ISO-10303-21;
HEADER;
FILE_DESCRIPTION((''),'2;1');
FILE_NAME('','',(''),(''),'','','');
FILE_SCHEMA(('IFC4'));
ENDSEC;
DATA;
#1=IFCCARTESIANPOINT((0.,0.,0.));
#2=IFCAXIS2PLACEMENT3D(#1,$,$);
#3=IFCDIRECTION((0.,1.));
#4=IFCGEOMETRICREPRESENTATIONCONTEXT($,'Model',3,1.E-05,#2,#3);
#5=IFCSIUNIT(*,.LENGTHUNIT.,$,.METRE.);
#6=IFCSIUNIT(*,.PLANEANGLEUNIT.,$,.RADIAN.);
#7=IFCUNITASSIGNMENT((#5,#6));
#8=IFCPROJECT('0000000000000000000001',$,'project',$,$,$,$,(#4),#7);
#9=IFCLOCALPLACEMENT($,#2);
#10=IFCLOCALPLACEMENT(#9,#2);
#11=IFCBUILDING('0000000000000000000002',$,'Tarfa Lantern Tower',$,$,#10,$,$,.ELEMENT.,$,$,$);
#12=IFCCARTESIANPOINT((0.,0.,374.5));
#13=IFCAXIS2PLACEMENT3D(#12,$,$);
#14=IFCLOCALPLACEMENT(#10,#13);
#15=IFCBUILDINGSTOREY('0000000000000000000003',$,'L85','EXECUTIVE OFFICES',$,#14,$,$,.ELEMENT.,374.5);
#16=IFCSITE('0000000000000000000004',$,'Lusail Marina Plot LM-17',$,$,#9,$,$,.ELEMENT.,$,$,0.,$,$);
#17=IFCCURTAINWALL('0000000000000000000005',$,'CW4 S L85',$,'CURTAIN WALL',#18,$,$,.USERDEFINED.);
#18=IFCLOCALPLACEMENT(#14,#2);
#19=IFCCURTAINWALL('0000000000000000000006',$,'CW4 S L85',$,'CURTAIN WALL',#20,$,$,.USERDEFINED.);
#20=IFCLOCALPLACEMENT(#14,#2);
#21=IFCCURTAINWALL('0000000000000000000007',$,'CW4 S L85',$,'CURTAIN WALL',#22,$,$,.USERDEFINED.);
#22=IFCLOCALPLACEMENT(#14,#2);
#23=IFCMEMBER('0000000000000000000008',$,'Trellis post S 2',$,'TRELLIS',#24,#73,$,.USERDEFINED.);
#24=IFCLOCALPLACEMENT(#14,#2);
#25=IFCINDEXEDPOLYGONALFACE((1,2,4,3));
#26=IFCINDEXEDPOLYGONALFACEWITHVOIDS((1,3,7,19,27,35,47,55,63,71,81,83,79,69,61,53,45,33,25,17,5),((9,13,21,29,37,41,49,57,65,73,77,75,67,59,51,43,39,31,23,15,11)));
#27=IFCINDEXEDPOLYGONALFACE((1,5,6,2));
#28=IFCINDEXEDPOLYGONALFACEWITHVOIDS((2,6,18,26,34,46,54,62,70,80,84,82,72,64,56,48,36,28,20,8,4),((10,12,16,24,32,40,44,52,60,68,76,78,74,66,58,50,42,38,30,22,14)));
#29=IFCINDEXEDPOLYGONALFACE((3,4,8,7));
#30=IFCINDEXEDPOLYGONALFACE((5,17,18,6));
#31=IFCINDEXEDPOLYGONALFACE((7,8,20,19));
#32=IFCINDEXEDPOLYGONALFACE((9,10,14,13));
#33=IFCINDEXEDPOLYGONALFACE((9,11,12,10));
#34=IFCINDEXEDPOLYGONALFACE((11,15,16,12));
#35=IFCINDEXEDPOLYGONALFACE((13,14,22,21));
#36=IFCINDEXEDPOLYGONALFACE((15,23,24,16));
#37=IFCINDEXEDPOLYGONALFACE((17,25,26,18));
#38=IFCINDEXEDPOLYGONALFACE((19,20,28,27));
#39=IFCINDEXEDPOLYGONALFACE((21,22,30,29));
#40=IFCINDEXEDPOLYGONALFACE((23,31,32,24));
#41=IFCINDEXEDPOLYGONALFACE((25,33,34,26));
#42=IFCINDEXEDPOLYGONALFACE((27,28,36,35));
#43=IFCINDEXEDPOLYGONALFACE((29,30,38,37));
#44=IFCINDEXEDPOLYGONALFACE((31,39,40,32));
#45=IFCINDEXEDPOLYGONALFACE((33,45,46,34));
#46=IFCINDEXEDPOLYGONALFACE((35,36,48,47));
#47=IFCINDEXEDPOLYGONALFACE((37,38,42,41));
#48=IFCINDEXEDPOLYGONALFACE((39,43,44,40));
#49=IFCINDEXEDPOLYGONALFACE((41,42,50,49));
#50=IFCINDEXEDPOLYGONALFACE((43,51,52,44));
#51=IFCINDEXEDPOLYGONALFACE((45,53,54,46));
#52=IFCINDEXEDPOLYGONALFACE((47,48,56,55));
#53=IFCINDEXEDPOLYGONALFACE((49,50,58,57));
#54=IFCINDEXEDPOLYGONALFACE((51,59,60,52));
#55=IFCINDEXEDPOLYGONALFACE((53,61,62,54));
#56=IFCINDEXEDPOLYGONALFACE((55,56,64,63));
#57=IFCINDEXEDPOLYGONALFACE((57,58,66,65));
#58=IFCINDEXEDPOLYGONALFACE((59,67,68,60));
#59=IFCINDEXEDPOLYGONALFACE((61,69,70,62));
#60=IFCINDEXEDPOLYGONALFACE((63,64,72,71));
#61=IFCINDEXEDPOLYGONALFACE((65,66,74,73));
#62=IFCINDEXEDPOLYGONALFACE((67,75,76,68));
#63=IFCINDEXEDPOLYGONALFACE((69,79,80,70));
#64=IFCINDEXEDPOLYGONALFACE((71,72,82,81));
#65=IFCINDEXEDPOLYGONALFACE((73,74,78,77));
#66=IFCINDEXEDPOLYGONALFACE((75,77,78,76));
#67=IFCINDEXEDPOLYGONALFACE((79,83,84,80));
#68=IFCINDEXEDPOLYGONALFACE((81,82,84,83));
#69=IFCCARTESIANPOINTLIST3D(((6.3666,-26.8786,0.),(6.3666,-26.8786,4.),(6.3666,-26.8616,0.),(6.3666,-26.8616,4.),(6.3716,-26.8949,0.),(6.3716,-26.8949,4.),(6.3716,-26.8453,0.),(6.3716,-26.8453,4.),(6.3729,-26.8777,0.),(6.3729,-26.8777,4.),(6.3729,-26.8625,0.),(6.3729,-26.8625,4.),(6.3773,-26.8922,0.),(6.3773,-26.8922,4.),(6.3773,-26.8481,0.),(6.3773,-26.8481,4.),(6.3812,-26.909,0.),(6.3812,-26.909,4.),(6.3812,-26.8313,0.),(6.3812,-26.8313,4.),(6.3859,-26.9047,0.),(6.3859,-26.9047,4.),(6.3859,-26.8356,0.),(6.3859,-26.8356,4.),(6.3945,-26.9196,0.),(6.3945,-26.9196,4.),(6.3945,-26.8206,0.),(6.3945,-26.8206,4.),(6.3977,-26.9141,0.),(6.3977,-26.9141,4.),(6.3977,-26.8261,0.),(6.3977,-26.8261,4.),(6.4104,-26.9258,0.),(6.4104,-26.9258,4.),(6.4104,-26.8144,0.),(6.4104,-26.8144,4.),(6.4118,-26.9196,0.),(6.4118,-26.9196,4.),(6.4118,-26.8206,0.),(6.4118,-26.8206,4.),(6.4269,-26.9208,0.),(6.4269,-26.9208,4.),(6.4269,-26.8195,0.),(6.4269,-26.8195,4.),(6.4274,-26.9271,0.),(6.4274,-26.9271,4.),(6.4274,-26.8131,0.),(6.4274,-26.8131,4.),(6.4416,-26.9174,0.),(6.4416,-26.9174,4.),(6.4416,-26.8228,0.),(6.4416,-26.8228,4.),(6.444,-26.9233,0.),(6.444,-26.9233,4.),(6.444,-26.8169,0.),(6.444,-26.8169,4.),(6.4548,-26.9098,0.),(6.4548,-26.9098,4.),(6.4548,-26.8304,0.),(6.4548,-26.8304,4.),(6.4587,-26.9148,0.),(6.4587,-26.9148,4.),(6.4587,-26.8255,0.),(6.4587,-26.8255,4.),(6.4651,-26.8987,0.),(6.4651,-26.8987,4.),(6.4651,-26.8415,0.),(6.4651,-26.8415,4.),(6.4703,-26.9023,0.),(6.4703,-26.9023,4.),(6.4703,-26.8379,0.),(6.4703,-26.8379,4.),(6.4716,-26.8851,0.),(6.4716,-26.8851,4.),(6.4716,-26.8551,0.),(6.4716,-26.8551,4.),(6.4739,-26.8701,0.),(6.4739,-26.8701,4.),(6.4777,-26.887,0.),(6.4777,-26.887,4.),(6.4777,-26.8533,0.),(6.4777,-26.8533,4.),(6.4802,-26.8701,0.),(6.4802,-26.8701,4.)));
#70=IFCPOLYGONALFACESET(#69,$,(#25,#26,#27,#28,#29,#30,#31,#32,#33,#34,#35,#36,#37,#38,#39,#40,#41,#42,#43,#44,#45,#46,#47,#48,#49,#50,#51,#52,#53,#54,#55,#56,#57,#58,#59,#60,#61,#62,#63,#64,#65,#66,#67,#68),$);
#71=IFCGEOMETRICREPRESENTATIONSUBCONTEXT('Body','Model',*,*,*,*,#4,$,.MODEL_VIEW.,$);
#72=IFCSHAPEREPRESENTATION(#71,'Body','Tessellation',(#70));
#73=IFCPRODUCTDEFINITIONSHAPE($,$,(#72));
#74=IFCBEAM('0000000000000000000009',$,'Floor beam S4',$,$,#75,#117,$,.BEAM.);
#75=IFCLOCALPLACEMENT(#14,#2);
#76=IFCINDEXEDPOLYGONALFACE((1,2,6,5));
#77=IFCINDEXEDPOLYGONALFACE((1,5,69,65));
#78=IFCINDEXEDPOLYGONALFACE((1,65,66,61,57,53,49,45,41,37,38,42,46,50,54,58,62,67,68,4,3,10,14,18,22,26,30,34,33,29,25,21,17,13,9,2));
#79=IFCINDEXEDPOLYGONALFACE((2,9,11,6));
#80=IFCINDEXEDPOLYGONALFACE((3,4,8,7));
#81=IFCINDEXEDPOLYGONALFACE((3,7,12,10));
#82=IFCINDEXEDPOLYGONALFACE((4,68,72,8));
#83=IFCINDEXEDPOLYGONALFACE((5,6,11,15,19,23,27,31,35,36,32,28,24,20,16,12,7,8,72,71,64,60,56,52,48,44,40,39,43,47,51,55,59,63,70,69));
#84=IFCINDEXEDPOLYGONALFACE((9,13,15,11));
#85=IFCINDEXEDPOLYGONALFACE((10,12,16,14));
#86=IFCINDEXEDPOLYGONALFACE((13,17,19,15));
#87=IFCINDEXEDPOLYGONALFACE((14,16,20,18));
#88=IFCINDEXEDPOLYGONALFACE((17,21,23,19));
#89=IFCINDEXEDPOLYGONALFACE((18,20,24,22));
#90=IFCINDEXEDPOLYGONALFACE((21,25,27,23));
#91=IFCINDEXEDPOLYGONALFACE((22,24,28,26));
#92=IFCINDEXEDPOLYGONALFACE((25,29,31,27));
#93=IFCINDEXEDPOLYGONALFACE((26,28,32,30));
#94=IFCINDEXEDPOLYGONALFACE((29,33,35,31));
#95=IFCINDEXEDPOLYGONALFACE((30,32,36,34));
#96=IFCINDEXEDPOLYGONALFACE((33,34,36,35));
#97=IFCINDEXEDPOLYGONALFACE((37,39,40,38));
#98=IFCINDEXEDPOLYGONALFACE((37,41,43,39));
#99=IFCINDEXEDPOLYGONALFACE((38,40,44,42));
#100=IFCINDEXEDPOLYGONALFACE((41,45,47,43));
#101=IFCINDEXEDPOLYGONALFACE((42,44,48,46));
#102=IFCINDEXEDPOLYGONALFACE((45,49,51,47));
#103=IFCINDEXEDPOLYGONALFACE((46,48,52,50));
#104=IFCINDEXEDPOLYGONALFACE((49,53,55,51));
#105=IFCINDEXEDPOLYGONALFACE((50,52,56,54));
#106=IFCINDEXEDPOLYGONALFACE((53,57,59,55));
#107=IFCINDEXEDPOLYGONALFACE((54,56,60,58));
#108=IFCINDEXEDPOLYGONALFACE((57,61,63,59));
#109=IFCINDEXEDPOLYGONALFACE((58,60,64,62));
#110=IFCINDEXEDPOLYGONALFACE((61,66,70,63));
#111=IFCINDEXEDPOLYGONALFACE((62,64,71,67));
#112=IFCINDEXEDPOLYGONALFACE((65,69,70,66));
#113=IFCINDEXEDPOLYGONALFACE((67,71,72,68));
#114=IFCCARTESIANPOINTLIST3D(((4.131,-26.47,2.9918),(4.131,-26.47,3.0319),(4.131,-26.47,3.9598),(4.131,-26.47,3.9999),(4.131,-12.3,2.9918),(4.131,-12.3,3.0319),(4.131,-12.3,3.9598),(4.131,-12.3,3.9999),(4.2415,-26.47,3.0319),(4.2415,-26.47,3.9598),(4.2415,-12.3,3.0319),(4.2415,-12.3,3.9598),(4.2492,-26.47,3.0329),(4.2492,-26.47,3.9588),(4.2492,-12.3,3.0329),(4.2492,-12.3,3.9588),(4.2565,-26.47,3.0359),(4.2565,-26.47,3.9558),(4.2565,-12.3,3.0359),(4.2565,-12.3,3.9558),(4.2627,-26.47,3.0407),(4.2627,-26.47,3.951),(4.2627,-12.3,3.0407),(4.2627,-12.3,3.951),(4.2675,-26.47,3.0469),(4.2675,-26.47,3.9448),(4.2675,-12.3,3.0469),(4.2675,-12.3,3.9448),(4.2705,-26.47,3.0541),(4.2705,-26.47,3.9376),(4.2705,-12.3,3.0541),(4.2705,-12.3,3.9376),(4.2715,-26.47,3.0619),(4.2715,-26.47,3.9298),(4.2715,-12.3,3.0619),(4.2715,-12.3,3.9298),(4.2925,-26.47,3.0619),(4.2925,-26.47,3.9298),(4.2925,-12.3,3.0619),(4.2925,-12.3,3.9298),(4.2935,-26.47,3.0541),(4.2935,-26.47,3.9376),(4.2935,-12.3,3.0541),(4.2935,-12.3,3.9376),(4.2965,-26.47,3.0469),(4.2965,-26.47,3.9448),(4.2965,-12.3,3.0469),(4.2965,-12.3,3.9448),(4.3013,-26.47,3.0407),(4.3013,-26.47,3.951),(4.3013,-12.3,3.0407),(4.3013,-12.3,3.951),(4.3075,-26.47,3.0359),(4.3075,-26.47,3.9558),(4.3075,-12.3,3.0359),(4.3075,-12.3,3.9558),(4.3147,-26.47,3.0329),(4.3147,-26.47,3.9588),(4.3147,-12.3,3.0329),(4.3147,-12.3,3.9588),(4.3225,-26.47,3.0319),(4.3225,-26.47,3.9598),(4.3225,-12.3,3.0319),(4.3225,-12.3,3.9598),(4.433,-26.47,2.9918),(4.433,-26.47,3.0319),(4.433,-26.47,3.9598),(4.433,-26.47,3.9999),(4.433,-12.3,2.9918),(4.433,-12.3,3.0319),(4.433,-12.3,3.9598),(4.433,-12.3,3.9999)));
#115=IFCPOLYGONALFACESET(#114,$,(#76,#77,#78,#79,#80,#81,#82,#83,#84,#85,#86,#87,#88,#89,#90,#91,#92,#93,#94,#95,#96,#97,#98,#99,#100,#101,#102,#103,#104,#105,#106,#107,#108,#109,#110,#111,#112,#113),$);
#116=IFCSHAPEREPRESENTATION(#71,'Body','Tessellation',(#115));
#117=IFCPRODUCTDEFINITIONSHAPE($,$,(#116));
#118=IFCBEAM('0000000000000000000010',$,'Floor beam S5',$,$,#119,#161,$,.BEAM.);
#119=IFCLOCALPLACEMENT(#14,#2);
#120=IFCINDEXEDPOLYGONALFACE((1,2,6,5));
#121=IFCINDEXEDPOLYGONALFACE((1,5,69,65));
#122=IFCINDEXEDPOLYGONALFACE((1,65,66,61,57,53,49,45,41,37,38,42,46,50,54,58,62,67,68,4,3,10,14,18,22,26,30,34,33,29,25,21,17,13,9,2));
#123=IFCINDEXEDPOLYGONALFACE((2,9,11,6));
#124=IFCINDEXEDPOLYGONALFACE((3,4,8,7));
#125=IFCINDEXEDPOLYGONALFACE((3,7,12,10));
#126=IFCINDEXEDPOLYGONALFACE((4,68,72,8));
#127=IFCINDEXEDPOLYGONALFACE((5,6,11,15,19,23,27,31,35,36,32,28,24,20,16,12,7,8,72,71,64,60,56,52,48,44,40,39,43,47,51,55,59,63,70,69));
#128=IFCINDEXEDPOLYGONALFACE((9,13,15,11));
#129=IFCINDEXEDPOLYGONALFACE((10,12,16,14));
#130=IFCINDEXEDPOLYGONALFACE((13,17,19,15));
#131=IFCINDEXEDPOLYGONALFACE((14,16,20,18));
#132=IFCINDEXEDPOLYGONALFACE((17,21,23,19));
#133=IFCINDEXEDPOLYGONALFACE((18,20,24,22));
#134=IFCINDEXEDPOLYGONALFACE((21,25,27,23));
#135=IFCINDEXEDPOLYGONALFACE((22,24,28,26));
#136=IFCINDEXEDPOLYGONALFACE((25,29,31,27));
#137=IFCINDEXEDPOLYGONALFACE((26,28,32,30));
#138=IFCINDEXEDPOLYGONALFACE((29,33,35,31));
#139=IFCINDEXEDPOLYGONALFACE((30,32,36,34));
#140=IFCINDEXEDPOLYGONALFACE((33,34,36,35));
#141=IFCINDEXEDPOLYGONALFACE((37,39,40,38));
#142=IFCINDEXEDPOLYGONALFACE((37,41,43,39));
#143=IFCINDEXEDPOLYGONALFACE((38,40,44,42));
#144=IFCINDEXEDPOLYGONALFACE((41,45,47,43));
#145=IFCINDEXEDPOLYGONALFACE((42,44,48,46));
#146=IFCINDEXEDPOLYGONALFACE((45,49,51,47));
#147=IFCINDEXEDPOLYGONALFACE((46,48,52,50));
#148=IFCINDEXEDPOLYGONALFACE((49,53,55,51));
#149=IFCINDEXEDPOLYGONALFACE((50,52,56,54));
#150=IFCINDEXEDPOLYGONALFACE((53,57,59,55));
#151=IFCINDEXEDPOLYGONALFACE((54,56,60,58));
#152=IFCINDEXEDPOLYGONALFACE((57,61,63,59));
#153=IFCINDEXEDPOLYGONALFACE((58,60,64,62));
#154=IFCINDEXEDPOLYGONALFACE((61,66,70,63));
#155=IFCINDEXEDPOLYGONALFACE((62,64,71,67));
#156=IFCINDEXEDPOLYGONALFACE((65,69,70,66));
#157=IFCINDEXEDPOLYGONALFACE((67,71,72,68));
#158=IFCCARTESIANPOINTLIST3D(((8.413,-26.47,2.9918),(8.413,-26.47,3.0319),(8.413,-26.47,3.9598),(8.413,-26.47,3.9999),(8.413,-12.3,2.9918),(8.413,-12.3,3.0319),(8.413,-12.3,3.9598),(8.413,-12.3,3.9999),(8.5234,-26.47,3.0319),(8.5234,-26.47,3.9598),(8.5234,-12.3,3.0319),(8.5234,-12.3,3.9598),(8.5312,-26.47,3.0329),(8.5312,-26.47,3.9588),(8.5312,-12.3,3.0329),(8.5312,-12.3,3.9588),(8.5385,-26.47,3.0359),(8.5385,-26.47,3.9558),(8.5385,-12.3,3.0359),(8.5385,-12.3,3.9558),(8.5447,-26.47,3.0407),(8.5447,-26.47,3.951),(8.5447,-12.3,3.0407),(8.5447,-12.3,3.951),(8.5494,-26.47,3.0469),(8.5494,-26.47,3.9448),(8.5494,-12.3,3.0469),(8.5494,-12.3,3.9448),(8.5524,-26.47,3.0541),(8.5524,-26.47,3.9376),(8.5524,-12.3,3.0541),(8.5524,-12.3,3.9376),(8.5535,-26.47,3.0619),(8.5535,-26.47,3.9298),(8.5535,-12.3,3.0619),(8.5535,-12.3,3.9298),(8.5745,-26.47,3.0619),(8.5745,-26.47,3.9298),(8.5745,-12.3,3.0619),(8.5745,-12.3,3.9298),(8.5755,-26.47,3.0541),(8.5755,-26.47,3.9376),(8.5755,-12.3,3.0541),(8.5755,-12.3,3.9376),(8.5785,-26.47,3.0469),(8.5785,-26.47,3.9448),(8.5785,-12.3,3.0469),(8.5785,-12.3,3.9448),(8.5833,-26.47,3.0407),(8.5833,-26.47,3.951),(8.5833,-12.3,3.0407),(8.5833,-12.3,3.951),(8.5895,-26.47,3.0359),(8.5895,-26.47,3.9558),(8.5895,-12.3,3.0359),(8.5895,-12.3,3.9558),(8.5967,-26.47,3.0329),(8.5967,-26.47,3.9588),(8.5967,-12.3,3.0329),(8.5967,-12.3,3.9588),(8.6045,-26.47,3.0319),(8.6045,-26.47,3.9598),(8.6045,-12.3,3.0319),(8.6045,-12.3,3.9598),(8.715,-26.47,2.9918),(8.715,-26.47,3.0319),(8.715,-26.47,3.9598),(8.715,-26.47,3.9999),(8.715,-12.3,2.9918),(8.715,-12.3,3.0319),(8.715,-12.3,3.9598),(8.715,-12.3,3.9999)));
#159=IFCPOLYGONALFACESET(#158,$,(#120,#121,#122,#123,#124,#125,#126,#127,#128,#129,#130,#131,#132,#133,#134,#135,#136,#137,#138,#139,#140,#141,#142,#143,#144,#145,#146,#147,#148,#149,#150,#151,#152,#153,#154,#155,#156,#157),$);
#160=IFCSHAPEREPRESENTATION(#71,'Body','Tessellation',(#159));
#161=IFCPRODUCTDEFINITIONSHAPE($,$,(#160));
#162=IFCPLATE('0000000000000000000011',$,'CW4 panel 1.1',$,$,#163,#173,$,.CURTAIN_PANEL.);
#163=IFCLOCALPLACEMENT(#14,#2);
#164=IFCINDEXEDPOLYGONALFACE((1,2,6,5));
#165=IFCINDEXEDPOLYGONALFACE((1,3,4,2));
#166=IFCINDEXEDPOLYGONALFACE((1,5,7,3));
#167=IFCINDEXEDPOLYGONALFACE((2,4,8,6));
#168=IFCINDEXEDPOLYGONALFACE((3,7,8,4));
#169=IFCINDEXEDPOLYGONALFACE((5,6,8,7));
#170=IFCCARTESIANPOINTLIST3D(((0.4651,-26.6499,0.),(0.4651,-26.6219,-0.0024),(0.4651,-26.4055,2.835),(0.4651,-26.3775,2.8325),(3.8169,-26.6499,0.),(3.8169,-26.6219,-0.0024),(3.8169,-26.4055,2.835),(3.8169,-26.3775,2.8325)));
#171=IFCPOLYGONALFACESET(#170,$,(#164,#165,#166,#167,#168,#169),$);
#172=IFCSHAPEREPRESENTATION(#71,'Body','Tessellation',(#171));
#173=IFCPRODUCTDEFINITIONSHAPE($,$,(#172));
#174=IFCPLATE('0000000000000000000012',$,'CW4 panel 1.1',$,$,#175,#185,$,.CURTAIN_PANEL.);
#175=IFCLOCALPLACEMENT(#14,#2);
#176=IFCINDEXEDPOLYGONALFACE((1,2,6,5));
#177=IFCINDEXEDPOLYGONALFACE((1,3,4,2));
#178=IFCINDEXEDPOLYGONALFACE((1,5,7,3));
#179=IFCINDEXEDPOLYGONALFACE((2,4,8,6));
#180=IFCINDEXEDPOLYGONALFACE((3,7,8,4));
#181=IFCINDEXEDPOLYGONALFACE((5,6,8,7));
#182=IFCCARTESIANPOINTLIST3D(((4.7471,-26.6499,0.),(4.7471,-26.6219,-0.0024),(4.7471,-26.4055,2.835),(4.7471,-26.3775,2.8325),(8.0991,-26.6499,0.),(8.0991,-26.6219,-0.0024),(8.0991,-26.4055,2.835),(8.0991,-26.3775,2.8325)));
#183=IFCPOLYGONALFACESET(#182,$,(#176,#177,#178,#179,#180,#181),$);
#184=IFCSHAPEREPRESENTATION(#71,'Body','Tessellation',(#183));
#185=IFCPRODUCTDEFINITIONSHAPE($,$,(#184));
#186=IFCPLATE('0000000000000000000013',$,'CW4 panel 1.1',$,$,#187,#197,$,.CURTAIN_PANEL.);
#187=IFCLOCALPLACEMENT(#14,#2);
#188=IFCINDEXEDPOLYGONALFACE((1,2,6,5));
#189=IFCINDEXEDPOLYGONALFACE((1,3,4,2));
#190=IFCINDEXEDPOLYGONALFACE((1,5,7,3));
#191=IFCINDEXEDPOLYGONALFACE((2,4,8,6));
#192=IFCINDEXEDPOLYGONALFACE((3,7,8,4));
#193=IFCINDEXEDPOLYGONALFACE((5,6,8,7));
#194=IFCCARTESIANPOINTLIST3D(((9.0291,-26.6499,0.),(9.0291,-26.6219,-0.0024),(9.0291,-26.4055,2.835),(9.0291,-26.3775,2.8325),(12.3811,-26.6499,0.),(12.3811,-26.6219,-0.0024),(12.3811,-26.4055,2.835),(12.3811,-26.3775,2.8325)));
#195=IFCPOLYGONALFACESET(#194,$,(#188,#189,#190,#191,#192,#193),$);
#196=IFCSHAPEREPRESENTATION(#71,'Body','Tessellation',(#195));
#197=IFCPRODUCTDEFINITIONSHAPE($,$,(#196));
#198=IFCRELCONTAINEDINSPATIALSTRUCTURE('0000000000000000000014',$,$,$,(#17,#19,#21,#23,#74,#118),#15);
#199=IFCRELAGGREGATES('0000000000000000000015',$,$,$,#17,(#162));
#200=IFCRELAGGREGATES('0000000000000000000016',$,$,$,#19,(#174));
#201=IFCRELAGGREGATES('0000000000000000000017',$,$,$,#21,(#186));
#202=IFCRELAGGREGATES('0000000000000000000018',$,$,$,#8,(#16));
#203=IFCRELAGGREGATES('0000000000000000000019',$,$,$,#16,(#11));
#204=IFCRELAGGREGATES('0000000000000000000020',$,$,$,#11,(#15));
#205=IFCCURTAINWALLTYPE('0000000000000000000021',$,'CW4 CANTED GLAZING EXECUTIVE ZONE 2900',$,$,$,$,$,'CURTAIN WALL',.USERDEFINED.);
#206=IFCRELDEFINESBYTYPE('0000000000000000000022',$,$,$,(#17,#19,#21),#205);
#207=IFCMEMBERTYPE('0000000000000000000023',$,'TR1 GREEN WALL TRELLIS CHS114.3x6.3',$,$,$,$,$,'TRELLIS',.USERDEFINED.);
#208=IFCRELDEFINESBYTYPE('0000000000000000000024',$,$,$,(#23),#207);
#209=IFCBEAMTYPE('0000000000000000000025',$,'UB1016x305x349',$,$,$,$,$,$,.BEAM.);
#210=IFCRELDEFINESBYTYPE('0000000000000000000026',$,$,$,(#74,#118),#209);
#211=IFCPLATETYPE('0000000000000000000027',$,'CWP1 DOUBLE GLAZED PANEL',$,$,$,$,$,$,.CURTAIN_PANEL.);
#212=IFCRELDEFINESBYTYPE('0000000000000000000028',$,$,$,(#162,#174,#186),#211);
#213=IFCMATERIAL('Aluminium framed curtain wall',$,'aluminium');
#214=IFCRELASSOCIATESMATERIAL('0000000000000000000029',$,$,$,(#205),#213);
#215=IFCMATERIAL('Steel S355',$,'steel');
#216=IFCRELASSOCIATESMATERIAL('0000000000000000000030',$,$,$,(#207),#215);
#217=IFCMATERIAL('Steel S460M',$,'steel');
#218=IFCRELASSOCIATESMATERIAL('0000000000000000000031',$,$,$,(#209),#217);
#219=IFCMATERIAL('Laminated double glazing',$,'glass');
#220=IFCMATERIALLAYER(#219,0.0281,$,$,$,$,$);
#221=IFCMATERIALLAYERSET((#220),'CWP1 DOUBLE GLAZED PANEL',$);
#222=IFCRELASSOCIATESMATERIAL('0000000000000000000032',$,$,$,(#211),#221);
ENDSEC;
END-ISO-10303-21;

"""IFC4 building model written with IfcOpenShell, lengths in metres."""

from ifc_helpers import new_model, si_unit, direction, frame, origin, origin_2d, place, context, subcontext, project, spatial, polyline, hollow_circle, i_section, outline, extrude, material, layer, layer_set, material_profile, profile_set, type_object, element, aggregate, save


model = new_model("IFC4")

# Units and contexts
model_context = context("Model", 3, precision=1e-05, world=origin(), true_north=direction((0.0, 1.0)))
body_context = subcontext(model_context, "Body", "Model", "MODEL_VIEW")
ifc_project = project(units=[si_unit("LENGTHUNIT", "METRE"), si_unit("PLANEANGLEUNIT", "RADIAN")], contexts=[model_context])

# Site, building, storey
site_placement = place(None, origin())
site = spatial("IfcSite", under=ifc_project, at=site_placement, Name="Lusail Marina Plot LM-17", CompositionType="ELEMENT", RefElevation=0.0)
building_placement = place(site_placement, origin())
building = spatial("IfcBuilding", under=site, at=building_placement, Name="Tarfa Lantern Tower", CompositionType="ELEMENT")
storey_placement = place(building_placement, frame((0.0, 0.0, 374.5)))
storey = spatial("IfcBuildingStorey", under=building, at=storey_placement, Name="L85", Description="EXECUTIVE OFFICES", CompositionType="ELEMENT", Elevation=374.5)

# Curtain walls
ifc_material_1 = material(Name="Aluminium framed curtain wall", Category="aluminium")
curtain_wall_type = type_object("IfcCurtainWallType", Name="CW4 CANTED GLAZING EXECUTIVE ZONE 2900", ElementType="CURTAIN WALL", PredefinedType="USERDEFINED", material=ifc_material_1)
curtain_wall_1_placement = place(storey_placement, origin())
curtain_wall_1 = element("IfcCurtainWall", 1, at=curtain_wall_1_placement, inside=storey, type_object=curtain_wall_type, Name="CW4 S L85", ObjectType="CURTAIN WALL", PredefinedType="USERDEFINED")
curtain_wall_2_placement = place(storey_placement, origin())
curtain_wall_2 = element("IfcCurtainWall", 2, at=curtain_wall_2_placement, inside=storey, type_object=curtain_wall_type, Name="CW4 S L85", ObjectType="CURTAIN WALL", PredefinedType="USERDEFINED")

# Curtain wall
curtain_wall_3_placement = place(storey_placement, origin())
curtain_wall_3 = element("IfcCurtainWall", 3, at=curtain_wall_3_placement, inside=storey, type_object=curtain_wall_type, Name="CW4 S L85", ObjectType="CURTAIN WALL", PredefinedType="USERDEFINED")

# Member
ifc_material_2 = material(Name="Steel S355", Category="steel")
ifc_material_profile_1 = material_profile(ifc_material_2, hollow_circle(Radius=0.0571, WallThickness=0.0063, at=origin_2d()), Name="CHS114.3x6.3")
ifc_profile_set_1 = profile_set([ifc_material_profile_1], Name="Steel S355")
member_type_1 = type_object("IfcMemberType", Name="TR1 GREEN WALL TRELLIS CHS114.3x6.3", ElementType="TRELLIS", PredefinedType="USERDEFINED", material=ifc_profile_set_1)
member_1_placement = place(storey_placement, frame((6.4231, -26.8701, 0.0), z_axis=(0.0, 0.0, 1.0), x_axis=(1.0, 0.0, 0.0)))
element("IfcMember", 4, at=member_1_placement, inside=storey, type_object=member_type_1, Name="Trellis post S 2", ObjectType="TRELLIS", PredefinedType="USERDEFINED", context=body_context, shape_type="SweptSolid", body=[
    extrude(hollow_circle(Radius=0.0571, WallThickness=0.0063, at=origin_2d()), origin(), (0.0, 0.0, 1.0), 4.0),
])

# Beams
ifc_material_3 = material(Name="Steel S460M", Category="steel")
ifc_material_profile_2 = material_profile(ifc_material_3, i_section(OverallWidth=0.302, OverallDepth=1.0081, WebThickness=0.021, FlangeThickness=0.04, FilletRadius=0.03, at=origin_2d()), Name="UB1016x305x349")
ifc_profile_set_2 = profile_set([ifc_material_profile_2], Name="Steel S460M")
beam_type_1 = type_object("IfcBeamType", Name="UB1016x305x349", PredefinedType="BEAM", material=ifc_profile_set_2)
for number, where, z_axis, x_axis, name in (
    (5, (4.282, -26.47, 3.4958), (0.0, 1.0, 0.0), (-1.0, 0.0, 0.0), "Floor beam S4"),
    (6, (8.564, -26.47, 3.4958), (0.0, 1.0, 0.0), (-1.0, 0.0, 0.0), "Floor beam S5"),
):
    element("IfcBeam", number, at=place(storey_placement, frame(where, z_axis=z_axis, x_axis=x_axis)), inside=storey, type_object=beam_type_1, Name=name, PredefinedType="BEAM", context=body_context, shape_type="SweptSolid", body=[
        extrude(i_section(OverallWidth=0.302, OverallDepth=1.0081, WebThickness=0.021, FlangeThickness=0.04, FilletRadius=0.03, at=origin_2d()), origin(), (0.0, 0.0, 1.0), 14.1699),
    ])

# Plates
ifc_material_4 = material(Name="Laminated double glazing", Category="glass")
ifc_layer_1 = layer(ifc_material_4, 0.0281)
ifc_layer_set_1 = layer_set([ifc_layer_1], Name="CWP1 DOUBLE GLAZED PANEL")
plate_type = type_object("IfcPlateType", Name="CWP1 DOUBLE GLAZED PANEL", PredefinedType="CURTAIN_PANEL", material=ifc_layer_set_1)
plate_1_placement = place(storey_placement, frame((0.4651, -26.6499, 0.0), z_axis=(0.0, -0.996305, 0.085885), x_axis=(1.0, 0.0, 0.0)))
plate_1 = element("IfcPlate", 7, at=plate_1_placement, type_object=plate_type, Name="CW4 panel 1.1", PredefinedType="CURTAIN_PANEL", context=body_context, shape_type="SweptSolid", body=[
    extrude(outline(polyline([(0.0, 0.0), (3.3518, 0.0), (3.3518, 2.8455), (0.0, 2.8455), (0.0, 0.0)])), origin(), (0.0, 0.0, -1.0), 0.0281),
])
aggregate(curtain_wall_1, [plate_1])
plate_2_placement = place(storey_placement, frame((4.7471, -26.6499, 0.0), z_axis=(0.0, -0.996305, 0.085885), x_axis=(1.0, 0.0, 0.0)))
plate_2 = element("IfcPlate", 8, at=plate_2_placement, type_object=plate_type, Name="CW4 panel 1.1", PredefinedType="CURTAIN_PANEL", context=body_context, shape_type="SweptSolid", body=[
    extrude(outline(polyline([(0.0, 0.0), (3.3521, 0.0), (3.3521, 2.8455), (0.0, 2.8455), (0.0, 0.0)])), origin(), (0.0, 0.0, -1.0), 0.0281),
])
aggregate(curtain_wall_2, [plate_2])
plate_3_placement = place(storey_placement, frame((9.0291, -26.6499, 0.0), z_axis=(0.0, -0.996305, 0.085885), x_axis=(1.0, 0.0, 0.0)))
plate_3 = element("IfcPlate", 9, at=plate_3_placement, type_object=plate_type, Name="CW4 panel 1.1", PredefinedType="CURTAIN_PANEL", context=body_context, shape_type="SweptSolid", body=[
    extrude(outline(polyline([(0.0, 0.0), (3.3521, 0.0), (3.3521, 2.8455), (0.0, 2.8455), (0.0, 0.0)])), origin(), (0.0, 0.0, -1.0), 0.0281),
])
aggregate(curtain_wall_3, [plate_3])

save(model, "model.ifc")
